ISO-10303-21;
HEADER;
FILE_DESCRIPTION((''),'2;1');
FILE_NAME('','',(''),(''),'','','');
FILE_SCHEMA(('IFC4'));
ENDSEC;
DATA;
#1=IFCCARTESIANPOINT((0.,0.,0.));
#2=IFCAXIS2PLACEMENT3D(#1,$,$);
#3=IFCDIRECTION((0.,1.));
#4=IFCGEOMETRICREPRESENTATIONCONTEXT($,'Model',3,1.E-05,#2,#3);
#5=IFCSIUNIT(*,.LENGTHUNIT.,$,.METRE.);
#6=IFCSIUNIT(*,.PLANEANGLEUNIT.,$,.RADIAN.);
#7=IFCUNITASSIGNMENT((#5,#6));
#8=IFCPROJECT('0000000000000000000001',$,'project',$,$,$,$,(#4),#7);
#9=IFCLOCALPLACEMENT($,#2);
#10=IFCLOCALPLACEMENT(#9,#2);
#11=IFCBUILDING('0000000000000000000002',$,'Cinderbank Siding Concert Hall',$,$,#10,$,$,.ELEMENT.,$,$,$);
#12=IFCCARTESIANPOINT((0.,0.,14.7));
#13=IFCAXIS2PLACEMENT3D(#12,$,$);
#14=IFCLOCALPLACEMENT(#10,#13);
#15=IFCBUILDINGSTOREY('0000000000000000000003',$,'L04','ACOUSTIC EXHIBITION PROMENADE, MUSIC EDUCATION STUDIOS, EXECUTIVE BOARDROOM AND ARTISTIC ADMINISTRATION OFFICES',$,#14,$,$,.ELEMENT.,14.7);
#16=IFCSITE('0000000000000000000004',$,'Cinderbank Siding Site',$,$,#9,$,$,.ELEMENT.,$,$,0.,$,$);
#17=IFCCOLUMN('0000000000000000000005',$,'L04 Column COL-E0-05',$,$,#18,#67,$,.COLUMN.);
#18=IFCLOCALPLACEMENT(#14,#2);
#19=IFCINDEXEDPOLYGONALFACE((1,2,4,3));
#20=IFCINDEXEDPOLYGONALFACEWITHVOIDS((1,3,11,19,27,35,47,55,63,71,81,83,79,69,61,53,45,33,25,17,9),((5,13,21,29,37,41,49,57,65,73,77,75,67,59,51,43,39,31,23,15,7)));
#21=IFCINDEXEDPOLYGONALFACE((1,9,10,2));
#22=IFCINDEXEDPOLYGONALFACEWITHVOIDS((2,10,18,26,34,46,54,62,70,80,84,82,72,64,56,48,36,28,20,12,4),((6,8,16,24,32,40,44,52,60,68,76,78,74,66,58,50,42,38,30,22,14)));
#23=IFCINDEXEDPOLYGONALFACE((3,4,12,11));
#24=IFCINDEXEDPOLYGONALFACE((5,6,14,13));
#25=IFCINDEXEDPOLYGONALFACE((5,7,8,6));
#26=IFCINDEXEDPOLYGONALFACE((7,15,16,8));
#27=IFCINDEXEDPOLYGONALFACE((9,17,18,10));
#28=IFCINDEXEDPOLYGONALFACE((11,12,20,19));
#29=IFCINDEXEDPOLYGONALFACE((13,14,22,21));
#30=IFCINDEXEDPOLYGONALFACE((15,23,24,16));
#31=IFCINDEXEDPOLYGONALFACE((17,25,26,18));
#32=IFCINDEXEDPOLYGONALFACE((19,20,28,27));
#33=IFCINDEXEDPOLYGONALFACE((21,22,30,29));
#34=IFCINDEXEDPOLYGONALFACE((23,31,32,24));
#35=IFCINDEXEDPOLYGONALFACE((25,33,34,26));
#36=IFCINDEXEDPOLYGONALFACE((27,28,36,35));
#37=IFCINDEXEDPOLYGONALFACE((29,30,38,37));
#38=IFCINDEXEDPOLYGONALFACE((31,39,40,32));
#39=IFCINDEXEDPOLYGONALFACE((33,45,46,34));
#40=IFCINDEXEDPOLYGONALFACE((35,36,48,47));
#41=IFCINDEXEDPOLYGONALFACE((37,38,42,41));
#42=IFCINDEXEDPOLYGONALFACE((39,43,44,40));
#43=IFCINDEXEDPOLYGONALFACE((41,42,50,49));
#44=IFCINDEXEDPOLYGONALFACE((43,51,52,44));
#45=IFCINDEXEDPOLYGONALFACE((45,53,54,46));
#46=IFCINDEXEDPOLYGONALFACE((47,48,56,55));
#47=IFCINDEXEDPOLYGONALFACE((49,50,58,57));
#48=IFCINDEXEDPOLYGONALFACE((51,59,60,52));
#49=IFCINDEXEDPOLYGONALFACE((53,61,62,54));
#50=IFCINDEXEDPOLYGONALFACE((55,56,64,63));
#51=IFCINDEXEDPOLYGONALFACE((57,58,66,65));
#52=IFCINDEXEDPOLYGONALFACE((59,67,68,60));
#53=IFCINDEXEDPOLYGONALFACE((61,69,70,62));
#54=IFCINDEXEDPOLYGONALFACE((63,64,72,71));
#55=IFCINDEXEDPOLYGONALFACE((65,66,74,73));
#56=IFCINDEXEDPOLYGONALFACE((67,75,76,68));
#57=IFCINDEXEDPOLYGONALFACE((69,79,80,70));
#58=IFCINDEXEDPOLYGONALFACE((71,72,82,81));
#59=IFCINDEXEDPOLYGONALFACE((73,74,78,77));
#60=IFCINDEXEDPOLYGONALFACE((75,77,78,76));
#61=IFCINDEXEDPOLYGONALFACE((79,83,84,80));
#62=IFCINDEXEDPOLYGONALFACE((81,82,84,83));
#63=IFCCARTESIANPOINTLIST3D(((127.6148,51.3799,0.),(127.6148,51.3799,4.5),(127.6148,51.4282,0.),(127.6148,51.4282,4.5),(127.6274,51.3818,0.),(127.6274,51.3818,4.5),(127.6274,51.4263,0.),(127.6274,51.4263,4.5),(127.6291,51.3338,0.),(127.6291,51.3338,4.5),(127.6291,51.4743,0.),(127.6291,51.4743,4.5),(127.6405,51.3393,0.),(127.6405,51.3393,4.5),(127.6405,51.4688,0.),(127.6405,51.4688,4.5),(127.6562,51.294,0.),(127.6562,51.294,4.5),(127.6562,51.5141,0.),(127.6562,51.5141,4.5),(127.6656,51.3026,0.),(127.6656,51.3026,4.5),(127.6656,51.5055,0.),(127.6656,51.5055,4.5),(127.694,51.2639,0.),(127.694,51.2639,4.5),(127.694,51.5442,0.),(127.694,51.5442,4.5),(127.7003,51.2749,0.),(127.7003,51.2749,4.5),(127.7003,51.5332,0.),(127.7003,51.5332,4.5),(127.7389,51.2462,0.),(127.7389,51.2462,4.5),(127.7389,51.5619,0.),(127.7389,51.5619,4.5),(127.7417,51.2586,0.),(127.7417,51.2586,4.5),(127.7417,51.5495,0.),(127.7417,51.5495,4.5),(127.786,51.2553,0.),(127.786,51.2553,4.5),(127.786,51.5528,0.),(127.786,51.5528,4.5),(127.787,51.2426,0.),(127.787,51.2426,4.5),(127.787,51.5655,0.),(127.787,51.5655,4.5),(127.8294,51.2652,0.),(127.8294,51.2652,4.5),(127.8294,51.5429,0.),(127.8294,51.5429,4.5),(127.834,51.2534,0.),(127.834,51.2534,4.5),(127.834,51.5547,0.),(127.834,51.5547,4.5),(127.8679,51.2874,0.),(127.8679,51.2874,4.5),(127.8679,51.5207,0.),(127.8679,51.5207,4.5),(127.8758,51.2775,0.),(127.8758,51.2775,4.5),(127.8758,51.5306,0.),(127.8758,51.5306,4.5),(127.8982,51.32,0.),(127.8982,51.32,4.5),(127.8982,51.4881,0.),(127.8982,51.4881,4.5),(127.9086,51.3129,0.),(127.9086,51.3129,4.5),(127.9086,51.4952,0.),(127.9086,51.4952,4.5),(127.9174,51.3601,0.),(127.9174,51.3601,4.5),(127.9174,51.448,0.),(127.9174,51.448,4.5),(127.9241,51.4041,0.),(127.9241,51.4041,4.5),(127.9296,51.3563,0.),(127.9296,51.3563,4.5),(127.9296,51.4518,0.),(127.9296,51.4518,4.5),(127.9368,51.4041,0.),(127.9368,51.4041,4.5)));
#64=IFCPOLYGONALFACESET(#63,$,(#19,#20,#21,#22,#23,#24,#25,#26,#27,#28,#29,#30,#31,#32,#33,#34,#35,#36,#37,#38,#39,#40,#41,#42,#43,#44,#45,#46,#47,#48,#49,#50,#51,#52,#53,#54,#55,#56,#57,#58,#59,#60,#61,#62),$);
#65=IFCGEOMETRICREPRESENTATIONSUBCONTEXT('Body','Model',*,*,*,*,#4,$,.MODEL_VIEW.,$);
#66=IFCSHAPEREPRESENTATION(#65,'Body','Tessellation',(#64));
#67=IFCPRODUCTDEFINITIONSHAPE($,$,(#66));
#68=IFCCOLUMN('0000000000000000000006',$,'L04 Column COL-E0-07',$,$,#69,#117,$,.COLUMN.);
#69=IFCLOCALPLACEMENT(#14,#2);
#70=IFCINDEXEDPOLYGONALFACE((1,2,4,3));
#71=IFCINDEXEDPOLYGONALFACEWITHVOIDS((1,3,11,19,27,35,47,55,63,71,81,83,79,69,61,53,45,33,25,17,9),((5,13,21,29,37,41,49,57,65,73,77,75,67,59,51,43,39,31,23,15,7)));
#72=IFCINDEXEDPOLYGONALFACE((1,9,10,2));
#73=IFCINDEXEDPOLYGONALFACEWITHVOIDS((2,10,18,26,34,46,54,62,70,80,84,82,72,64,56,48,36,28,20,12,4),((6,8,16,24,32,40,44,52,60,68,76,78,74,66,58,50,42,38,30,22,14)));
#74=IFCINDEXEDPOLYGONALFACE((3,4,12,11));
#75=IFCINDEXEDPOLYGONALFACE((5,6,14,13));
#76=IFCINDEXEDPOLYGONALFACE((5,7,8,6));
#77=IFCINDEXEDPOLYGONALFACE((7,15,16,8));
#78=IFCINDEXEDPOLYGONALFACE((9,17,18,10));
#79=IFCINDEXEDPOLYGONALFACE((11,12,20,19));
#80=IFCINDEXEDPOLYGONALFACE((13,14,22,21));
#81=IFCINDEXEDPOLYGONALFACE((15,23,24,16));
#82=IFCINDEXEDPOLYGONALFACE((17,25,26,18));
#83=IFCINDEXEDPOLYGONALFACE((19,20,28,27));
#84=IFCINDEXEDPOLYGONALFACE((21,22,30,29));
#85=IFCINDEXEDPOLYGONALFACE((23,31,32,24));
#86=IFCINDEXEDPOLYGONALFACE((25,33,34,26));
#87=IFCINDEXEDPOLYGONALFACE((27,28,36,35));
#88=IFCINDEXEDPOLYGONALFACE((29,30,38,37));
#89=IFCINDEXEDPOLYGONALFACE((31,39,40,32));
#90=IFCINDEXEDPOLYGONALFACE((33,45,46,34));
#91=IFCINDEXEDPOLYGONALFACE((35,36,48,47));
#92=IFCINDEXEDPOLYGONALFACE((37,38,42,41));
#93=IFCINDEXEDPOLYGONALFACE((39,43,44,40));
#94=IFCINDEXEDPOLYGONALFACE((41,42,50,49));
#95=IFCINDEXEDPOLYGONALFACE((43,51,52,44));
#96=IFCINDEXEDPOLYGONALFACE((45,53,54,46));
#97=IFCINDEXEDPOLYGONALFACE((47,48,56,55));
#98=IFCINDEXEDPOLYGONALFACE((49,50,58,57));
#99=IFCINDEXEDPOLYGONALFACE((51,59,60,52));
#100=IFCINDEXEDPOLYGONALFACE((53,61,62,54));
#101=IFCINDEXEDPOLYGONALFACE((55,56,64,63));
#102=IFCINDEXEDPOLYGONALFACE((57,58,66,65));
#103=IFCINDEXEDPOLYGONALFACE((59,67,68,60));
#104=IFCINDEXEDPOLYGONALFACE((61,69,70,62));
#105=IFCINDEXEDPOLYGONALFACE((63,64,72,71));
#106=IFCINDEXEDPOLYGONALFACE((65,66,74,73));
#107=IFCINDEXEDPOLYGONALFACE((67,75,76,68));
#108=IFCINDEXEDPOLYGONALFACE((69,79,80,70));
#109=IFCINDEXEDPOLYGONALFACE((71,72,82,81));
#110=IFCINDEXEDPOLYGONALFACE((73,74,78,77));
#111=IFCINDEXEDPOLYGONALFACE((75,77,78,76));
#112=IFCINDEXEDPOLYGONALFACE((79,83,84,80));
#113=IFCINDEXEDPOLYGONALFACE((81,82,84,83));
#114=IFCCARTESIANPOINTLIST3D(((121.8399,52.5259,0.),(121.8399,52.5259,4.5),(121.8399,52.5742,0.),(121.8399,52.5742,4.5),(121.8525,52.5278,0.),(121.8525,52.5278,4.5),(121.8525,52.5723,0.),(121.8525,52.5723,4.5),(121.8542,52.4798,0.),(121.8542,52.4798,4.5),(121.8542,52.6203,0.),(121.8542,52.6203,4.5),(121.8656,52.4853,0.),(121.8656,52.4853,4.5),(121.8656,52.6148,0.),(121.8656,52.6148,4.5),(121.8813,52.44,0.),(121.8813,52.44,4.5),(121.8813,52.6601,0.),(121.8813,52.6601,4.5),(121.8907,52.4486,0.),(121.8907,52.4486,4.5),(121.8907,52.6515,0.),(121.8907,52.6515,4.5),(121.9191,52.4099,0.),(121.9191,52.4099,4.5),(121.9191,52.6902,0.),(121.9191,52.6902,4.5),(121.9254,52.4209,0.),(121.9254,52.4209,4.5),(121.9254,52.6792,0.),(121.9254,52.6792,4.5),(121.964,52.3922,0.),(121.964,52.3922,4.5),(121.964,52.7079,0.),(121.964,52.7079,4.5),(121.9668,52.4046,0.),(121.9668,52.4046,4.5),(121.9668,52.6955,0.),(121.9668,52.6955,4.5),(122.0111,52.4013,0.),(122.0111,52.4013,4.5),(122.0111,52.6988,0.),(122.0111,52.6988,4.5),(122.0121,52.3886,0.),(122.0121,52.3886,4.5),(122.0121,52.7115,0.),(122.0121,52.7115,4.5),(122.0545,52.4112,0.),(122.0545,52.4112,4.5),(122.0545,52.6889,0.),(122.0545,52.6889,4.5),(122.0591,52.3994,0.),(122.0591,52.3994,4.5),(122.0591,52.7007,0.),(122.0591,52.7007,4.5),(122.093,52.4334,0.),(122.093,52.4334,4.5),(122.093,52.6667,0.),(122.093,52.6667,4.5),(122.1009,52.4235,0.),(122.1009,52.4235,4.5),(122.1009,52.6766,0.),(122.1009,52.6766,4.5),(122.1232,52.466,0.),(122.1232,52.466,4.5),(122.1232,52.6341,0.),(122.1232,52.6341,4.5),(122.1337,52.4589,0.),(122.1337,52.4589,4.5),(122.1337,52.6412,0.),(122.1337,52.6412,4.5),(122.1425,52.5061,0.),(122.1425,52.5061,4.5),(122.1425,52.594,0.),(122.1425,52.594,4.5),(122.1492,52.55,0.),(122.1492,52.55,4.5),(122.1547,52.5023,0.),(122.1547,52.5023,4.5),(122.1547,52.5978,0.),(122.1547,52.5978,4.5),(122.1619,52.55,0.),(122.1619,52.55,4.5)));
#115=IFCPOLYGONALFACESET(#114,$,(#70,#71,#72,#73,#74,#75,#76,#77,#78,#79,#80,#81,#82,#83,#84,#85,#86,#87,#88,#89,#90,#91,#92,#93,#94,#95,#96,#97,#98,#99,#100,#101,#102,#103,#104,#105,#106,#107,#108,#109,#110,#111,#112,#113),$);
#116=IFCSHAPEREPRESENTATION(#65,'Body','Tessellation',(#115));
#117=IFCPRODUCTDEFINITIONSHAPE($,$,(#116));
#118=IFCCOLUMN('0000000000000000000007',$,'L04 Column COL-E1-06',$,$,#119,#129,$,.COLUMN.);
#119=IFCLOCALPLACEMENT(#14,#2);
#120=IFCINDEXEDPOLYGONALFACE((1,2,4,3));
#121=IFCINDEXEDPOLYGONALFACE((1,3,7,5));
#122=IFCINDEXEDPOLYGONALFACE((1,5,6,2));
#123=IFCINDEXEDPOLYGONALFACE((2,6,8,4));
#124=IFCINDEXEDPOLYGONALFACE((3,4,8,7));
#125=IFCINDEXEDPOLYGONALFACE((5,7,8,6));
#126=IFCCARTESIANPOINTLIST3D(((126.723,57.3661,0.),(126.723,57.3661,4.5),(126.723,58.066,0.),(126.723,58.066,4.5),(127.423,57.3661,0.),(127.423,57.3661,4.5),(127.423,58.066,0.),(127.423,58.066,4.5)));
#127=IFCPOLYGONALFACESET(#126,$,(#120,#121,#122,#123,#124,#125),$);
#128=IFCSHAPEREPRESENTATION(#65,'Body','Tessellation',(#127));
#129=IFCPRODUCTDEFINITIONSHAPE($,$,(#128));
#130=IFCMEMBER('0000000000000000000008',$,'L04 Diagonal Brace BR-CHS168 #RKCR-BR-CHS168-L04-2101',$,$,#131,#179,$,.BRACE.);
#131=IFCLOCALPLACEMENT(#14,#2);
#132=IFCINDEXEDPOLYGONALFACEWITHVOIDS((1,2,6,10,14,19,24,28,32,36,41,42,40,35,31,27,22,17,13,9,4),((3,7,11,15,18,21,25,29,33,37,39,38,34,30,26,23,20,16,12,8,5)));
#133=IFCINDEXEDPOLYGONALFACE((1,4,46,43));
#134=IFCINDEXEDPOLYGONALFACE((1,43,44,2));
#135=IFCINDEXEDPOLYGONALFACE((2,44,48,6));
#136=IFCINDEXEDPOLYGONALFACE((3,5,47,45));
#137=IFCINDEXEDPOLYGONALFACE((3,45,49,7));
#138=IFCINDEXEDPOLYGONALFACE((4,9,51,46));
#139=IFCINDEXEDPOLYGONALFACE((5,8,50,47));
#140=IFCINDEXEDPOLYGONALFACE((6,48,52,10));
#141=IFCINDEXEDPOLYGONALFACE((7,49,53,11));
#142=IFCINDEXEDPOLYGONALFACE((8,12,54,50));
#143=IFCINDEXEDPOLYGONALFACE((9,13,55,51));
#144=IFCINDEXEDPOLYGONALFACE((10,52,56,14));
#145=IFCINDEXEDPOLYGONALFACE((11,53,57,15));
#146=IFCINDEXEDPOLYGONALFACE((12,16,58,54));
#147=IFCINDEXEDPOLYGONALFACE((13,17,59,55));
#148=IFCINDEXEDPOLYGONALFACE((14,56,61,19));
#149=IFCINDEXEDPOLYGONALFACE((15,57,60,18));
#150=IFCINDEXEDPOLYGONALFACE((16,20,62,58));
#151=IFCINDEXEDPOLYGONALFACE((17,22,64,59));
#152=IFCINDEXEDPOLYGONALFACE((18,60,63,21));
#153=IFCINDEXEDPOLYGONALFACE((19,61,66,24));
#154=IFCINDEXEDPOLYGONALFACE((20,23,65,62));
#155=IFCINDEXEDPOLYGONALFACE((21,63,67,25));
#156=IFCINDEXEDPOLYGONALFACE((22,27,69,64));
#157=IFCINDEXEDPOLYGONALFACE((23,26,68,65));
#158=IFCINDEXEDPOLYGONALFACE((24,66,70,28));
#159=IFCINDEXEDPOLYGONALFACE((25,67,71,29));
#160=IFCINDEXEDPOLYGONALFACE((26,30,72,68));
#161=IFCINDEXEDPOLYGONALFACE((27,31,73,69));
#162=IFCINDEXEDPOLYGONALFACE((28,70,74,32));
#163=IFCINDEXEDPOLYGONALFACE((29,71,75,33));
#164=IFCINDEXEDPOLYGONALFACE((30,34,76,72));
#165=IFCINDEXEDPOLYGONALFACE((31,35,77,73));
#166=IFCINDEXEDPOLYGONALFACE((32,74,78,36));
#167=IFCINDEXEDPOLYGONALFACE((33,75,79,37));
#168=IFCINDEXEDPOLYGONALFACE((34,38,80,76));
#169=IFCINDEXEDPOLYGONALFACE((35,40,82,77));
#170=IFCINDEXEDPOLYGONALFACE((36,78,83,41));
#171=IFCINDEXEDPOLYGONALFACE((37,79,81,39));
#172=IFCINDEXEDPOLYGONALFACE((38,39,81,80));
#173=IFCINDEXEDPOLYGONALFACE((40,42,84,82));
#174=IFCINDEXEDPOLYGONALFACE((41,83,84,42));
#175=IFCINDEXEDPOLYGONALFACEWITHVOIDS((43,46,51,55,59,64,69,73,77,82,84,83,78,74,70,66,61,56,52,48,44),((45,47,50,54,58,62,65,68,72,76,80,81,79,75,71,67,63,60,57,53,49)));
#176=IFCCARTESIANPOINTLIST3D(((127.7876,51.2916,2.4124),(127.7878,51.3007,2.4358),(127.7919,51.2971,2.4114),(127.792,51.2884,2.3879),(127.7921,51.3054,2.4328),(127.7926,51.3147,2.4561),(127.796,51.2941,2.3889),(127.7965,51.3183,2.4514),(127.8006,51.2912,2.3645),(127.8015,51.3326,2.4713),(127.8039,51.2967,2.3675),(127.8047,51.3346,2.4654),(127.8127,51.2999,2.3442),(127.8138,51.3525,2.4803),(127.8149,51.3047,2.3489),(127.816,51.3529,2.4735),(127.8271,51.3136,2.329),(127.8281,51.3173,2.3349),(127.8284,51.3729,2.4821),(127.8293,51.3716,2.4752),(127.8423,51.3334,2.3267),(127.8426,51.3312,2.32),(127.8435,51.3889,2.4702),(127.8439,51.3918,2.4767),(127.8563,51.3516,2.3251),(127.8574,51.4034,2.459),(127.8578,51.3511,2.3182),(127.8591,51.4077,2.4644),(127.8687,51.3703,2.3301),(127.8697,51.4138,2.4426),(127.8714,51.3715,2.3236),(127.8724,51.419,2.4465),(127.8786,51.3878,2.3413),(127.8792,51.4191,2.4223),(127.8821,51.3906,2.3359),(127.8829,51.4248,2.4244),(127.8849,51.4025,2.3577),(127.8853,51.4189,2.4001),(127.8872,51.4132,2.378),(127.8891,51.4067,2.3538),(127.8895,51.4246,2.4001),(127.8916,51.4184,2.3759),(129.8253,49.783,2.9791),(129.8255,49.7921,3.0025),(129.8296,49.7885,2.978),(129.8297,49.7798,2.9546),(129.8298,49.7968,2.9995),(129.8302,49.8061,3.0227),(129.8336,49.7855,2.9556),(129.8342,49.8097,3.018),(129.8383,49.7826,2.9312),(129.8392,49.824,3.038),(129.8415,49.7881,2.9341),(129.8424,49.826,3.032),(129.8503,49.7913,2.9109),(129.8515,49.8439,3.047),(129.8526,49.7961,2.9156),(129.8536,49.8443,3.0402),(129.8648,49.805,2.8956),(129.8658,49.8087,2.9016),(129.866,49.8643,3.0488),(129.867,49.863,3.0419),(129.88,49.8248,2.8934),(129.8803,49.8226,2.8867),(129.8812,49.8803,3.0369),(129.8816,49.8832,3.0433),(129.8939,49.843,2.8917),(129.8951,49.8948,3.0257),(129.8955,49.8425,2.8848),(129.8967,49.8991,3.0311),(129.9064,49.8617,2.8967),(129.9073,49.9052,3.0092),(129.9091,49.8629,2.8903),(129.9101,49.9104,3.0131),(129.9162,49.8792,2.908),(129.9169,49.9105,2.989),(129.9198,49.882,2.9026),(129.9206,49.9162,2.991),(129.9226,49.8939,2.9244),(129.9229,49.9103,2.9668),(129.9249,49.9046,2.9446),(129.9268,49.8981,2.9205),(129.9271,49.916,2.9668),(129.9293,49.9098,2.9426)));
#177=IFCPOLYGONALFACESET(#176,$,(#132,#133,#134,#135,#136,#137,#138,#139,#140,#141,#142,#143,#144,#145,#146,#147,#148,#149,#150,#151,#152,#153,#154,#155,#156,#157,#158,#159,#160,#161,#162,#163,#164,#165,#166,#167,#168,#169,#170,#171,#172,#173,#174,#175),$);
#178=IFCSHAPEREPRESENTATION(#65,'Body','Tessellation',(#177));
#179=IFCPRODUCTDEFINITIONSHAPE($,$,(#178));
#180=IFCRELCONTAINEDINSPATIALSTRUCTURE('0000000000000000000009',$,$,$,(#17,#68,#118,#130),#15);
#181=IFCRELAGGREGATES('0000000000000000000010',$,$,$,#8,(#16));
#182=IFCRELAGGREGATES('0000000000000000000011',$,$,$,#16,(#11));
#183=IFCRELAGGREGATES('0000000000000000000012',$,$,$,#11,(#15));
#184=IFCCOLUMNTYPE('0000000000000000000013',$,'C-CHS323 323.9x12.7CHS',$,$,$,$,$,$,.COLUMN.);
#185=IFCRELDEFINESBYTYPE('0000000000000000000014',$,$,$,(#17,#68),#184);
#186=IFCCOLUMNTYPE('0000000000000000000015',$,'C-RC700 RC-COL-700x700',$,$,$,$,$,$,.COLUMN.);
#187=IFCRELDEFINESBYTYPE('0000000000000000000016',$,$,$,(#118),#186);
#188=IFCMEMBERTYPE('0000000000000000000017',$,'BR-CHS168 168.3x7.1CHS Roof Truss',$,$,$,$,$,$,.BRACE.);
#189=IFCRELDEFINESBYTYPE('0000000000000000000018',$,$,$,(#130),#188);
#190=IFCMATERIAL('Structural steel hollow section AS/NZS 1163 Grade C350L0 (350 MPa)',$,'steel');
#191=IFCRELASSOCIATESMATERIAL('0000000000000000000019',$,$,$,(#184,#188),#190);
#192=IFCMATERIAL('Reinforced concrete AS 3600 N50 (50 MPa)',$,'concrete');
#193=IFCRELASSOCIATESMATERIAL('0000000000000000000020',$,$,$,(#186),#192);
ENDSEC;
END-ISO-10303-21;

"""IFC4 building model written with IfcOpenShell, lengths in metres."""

from ifc_helpers import new_model, si_unit, direction, frame, origin, origin_2d, place, context, subcontext, project, spatial, rectangle, hollow_circle, extrude, material, material_profile, profile_set, type_object, element, save


model = new_model("IFC4")

# Units and contexts
model_context = context("Model", 3, precision=1e-05, world=origin(), true_north=direction((0.0, 1.0)))
body_context = subcontext(model_context, "Body", "Model", "MODEL_VIEW")
ifc_project = project(units=[si_unit("LENGTHUNIT", "METRE"), si_unit("PLANEANGLEUNIT", "RADIAN")], contexts=[model_context])

# Site, building, storey
site_placement = place(None, origin())
site = spatial("IfcSite", under=ifc_project, at=site_placement, Name="Cinderbank Siding Site", CompositionType="ELEMENT", RefElevation=0.0)
building_placement = place(site_placement, origin())
building = spatial("IfcBuilding", under=site, at=building_placement, Name="Cinderbank Siding Concert Hall", CompositionType="ELEMENT")
storey_placement = place(building_placement, frame((0.0, 0.0, 14.7)))
storey = spatial("IfcBuildingStorey", under=building, at=storey_placement, Name="L04", Description="ACOUSTIC EXHIBITION PROMENADE, MUSIC EDUCATION STUDIOS, EXECUTIVE BOARDROOM AND ARTISTIC ADMINISTRATION OFFICES", CompositionType="ELEMENT", Elevation=14.7)

# Columns
ifc_material_1 = material(Name="Structural steel hollow section AS/NZS 1163 Grade C350L0 (350 MPa)", Category="steel")
ifc_material_profile_1 = material_profile(ifc_material_1, hollow_circle(Radius=0.1619, WallThickness=0.0127, at=origin_2d()), Name="323.9x12.7CHS", Category="LoadBearing")
ifc_profile_set_1 = profile_set([ifc_material_profile_1], Name="Structural steel hollow section AS/NZS 1163 Grade C350L0 (350 MPa)")
column_type_1 = type_object("IfcColumnType", Name="C-CHS323 323.9x12.7CHS", PredefinedType="COLUMN", material=ifc_profile_set_1)
for number, where, z_axis, x_axis, name in (
    (1, (127.7749, 51.4041, 0.0), (0.0, 0.0, 1.0), (1.0, 0.0, 0.0), "L04 Column COL-E0-05"),
    (2, (122.0, 52.55, 0.0), (0.0, 0.0, 1.0), (1.0, 0.0, 0.0), "L04 Column COL-E0-07"),
):
    element("IfcColumn", number, at=place(storey_placement, frame(where, z_axis=z_axis, x_axis=x_axis)), inside=storey, type_object=column_type_1, Name=name, PredefinedType="COLUMN", context=body_context, shape_type="SweptSolid", body=[
        extrude(hollow_circle(Radius=0.1619, WallThickness=0.0127, at=origin_2d()), origin(), (0.0, 0.0, 1.0), 4.5),
    ])
ifc_material_2 = material(Name="Reinforced concrete AS 3600 N50 (50 MPa)", Category="concrete")
ifc_material_profile_2 = material_profile(ifc_material_2, rectangle(XDim=0.7, YDim=0.7, at=origin_2d()), Name="RC-COL-700x700", Category="LoadBearing")
ifc_profile_set_2 = profile_set([ifc_material_profile_2], Name="Reinforced concrete AS 3600 N50 (50 MPa)")
column_type_2 = type_object("IfcColumnType", Name="C-RC700 RC-COL-700x700", PredefinedType="COLUMN", material=ifc_profile_set_2)
column_placement = place(storey_placement, frame((127.073, 57.7161, 0.0), z_axis=(0.0, 0.0, 1.0), x_axis=(1.0, 0.0, 0.0)))
element("IfcColumn", 3, at=column_placement, inside=storey, type_object=column_type_2, Name="L04 Column COL-E1-06", PredefinedType="COLUMN", context=body_context, shape_type="SweptSolid", body=[
    extrude(rectangle(XDim=0.7, YDim=0.7, at=origin_2d()), origin(), (0.0, 0.0, 1.0), 4.5),
])

# Member
ifc_material_profile_3 = material_profile(ifc_material_1, hollow_circle(Radius=0.0842, WallThickness=0.0071, at=origin_2d()), Name="168.3x7.1CHS", Category="LoadBearing")
ifc_profile_set_3 = profile_set([ifc_material_profile_3], Name="Structural steel hollow section AS/NZS 1163 Grade C350L0 (350 MPa)")
member_type_1 = type_object("IfcMemberType", Name="BR-CHS168 168.3x7.1CHS Roof Truss", PredefinedType="BRACE", material=ifc_profile_set_3)
member_1_placement = place(storey_placement, frame((127.8394, 51.3569, 2.4001), z_axis=(0.784353, -0.580699, 0.218126), x_axis=(0.595027, 0.803706, 0.0)))
element("IfcMember", 4, at=member_1_placement, inside=storey, type_object=member_type_1, Name="L04 Diagonal Brace BR-CHS168 #RKCR-BR-CHS168-L04-2101", PredefinedType="BRACE", context=body_context, shape_type="SweptSolid", body=[
    extrude(hollow_circle(Radius=0.0842, WallThickness=0.0071, at=origin_2d()), origin(), (0.0, 0.0, 1.0), 2.5979),
])

save(model, "model.ifc")
